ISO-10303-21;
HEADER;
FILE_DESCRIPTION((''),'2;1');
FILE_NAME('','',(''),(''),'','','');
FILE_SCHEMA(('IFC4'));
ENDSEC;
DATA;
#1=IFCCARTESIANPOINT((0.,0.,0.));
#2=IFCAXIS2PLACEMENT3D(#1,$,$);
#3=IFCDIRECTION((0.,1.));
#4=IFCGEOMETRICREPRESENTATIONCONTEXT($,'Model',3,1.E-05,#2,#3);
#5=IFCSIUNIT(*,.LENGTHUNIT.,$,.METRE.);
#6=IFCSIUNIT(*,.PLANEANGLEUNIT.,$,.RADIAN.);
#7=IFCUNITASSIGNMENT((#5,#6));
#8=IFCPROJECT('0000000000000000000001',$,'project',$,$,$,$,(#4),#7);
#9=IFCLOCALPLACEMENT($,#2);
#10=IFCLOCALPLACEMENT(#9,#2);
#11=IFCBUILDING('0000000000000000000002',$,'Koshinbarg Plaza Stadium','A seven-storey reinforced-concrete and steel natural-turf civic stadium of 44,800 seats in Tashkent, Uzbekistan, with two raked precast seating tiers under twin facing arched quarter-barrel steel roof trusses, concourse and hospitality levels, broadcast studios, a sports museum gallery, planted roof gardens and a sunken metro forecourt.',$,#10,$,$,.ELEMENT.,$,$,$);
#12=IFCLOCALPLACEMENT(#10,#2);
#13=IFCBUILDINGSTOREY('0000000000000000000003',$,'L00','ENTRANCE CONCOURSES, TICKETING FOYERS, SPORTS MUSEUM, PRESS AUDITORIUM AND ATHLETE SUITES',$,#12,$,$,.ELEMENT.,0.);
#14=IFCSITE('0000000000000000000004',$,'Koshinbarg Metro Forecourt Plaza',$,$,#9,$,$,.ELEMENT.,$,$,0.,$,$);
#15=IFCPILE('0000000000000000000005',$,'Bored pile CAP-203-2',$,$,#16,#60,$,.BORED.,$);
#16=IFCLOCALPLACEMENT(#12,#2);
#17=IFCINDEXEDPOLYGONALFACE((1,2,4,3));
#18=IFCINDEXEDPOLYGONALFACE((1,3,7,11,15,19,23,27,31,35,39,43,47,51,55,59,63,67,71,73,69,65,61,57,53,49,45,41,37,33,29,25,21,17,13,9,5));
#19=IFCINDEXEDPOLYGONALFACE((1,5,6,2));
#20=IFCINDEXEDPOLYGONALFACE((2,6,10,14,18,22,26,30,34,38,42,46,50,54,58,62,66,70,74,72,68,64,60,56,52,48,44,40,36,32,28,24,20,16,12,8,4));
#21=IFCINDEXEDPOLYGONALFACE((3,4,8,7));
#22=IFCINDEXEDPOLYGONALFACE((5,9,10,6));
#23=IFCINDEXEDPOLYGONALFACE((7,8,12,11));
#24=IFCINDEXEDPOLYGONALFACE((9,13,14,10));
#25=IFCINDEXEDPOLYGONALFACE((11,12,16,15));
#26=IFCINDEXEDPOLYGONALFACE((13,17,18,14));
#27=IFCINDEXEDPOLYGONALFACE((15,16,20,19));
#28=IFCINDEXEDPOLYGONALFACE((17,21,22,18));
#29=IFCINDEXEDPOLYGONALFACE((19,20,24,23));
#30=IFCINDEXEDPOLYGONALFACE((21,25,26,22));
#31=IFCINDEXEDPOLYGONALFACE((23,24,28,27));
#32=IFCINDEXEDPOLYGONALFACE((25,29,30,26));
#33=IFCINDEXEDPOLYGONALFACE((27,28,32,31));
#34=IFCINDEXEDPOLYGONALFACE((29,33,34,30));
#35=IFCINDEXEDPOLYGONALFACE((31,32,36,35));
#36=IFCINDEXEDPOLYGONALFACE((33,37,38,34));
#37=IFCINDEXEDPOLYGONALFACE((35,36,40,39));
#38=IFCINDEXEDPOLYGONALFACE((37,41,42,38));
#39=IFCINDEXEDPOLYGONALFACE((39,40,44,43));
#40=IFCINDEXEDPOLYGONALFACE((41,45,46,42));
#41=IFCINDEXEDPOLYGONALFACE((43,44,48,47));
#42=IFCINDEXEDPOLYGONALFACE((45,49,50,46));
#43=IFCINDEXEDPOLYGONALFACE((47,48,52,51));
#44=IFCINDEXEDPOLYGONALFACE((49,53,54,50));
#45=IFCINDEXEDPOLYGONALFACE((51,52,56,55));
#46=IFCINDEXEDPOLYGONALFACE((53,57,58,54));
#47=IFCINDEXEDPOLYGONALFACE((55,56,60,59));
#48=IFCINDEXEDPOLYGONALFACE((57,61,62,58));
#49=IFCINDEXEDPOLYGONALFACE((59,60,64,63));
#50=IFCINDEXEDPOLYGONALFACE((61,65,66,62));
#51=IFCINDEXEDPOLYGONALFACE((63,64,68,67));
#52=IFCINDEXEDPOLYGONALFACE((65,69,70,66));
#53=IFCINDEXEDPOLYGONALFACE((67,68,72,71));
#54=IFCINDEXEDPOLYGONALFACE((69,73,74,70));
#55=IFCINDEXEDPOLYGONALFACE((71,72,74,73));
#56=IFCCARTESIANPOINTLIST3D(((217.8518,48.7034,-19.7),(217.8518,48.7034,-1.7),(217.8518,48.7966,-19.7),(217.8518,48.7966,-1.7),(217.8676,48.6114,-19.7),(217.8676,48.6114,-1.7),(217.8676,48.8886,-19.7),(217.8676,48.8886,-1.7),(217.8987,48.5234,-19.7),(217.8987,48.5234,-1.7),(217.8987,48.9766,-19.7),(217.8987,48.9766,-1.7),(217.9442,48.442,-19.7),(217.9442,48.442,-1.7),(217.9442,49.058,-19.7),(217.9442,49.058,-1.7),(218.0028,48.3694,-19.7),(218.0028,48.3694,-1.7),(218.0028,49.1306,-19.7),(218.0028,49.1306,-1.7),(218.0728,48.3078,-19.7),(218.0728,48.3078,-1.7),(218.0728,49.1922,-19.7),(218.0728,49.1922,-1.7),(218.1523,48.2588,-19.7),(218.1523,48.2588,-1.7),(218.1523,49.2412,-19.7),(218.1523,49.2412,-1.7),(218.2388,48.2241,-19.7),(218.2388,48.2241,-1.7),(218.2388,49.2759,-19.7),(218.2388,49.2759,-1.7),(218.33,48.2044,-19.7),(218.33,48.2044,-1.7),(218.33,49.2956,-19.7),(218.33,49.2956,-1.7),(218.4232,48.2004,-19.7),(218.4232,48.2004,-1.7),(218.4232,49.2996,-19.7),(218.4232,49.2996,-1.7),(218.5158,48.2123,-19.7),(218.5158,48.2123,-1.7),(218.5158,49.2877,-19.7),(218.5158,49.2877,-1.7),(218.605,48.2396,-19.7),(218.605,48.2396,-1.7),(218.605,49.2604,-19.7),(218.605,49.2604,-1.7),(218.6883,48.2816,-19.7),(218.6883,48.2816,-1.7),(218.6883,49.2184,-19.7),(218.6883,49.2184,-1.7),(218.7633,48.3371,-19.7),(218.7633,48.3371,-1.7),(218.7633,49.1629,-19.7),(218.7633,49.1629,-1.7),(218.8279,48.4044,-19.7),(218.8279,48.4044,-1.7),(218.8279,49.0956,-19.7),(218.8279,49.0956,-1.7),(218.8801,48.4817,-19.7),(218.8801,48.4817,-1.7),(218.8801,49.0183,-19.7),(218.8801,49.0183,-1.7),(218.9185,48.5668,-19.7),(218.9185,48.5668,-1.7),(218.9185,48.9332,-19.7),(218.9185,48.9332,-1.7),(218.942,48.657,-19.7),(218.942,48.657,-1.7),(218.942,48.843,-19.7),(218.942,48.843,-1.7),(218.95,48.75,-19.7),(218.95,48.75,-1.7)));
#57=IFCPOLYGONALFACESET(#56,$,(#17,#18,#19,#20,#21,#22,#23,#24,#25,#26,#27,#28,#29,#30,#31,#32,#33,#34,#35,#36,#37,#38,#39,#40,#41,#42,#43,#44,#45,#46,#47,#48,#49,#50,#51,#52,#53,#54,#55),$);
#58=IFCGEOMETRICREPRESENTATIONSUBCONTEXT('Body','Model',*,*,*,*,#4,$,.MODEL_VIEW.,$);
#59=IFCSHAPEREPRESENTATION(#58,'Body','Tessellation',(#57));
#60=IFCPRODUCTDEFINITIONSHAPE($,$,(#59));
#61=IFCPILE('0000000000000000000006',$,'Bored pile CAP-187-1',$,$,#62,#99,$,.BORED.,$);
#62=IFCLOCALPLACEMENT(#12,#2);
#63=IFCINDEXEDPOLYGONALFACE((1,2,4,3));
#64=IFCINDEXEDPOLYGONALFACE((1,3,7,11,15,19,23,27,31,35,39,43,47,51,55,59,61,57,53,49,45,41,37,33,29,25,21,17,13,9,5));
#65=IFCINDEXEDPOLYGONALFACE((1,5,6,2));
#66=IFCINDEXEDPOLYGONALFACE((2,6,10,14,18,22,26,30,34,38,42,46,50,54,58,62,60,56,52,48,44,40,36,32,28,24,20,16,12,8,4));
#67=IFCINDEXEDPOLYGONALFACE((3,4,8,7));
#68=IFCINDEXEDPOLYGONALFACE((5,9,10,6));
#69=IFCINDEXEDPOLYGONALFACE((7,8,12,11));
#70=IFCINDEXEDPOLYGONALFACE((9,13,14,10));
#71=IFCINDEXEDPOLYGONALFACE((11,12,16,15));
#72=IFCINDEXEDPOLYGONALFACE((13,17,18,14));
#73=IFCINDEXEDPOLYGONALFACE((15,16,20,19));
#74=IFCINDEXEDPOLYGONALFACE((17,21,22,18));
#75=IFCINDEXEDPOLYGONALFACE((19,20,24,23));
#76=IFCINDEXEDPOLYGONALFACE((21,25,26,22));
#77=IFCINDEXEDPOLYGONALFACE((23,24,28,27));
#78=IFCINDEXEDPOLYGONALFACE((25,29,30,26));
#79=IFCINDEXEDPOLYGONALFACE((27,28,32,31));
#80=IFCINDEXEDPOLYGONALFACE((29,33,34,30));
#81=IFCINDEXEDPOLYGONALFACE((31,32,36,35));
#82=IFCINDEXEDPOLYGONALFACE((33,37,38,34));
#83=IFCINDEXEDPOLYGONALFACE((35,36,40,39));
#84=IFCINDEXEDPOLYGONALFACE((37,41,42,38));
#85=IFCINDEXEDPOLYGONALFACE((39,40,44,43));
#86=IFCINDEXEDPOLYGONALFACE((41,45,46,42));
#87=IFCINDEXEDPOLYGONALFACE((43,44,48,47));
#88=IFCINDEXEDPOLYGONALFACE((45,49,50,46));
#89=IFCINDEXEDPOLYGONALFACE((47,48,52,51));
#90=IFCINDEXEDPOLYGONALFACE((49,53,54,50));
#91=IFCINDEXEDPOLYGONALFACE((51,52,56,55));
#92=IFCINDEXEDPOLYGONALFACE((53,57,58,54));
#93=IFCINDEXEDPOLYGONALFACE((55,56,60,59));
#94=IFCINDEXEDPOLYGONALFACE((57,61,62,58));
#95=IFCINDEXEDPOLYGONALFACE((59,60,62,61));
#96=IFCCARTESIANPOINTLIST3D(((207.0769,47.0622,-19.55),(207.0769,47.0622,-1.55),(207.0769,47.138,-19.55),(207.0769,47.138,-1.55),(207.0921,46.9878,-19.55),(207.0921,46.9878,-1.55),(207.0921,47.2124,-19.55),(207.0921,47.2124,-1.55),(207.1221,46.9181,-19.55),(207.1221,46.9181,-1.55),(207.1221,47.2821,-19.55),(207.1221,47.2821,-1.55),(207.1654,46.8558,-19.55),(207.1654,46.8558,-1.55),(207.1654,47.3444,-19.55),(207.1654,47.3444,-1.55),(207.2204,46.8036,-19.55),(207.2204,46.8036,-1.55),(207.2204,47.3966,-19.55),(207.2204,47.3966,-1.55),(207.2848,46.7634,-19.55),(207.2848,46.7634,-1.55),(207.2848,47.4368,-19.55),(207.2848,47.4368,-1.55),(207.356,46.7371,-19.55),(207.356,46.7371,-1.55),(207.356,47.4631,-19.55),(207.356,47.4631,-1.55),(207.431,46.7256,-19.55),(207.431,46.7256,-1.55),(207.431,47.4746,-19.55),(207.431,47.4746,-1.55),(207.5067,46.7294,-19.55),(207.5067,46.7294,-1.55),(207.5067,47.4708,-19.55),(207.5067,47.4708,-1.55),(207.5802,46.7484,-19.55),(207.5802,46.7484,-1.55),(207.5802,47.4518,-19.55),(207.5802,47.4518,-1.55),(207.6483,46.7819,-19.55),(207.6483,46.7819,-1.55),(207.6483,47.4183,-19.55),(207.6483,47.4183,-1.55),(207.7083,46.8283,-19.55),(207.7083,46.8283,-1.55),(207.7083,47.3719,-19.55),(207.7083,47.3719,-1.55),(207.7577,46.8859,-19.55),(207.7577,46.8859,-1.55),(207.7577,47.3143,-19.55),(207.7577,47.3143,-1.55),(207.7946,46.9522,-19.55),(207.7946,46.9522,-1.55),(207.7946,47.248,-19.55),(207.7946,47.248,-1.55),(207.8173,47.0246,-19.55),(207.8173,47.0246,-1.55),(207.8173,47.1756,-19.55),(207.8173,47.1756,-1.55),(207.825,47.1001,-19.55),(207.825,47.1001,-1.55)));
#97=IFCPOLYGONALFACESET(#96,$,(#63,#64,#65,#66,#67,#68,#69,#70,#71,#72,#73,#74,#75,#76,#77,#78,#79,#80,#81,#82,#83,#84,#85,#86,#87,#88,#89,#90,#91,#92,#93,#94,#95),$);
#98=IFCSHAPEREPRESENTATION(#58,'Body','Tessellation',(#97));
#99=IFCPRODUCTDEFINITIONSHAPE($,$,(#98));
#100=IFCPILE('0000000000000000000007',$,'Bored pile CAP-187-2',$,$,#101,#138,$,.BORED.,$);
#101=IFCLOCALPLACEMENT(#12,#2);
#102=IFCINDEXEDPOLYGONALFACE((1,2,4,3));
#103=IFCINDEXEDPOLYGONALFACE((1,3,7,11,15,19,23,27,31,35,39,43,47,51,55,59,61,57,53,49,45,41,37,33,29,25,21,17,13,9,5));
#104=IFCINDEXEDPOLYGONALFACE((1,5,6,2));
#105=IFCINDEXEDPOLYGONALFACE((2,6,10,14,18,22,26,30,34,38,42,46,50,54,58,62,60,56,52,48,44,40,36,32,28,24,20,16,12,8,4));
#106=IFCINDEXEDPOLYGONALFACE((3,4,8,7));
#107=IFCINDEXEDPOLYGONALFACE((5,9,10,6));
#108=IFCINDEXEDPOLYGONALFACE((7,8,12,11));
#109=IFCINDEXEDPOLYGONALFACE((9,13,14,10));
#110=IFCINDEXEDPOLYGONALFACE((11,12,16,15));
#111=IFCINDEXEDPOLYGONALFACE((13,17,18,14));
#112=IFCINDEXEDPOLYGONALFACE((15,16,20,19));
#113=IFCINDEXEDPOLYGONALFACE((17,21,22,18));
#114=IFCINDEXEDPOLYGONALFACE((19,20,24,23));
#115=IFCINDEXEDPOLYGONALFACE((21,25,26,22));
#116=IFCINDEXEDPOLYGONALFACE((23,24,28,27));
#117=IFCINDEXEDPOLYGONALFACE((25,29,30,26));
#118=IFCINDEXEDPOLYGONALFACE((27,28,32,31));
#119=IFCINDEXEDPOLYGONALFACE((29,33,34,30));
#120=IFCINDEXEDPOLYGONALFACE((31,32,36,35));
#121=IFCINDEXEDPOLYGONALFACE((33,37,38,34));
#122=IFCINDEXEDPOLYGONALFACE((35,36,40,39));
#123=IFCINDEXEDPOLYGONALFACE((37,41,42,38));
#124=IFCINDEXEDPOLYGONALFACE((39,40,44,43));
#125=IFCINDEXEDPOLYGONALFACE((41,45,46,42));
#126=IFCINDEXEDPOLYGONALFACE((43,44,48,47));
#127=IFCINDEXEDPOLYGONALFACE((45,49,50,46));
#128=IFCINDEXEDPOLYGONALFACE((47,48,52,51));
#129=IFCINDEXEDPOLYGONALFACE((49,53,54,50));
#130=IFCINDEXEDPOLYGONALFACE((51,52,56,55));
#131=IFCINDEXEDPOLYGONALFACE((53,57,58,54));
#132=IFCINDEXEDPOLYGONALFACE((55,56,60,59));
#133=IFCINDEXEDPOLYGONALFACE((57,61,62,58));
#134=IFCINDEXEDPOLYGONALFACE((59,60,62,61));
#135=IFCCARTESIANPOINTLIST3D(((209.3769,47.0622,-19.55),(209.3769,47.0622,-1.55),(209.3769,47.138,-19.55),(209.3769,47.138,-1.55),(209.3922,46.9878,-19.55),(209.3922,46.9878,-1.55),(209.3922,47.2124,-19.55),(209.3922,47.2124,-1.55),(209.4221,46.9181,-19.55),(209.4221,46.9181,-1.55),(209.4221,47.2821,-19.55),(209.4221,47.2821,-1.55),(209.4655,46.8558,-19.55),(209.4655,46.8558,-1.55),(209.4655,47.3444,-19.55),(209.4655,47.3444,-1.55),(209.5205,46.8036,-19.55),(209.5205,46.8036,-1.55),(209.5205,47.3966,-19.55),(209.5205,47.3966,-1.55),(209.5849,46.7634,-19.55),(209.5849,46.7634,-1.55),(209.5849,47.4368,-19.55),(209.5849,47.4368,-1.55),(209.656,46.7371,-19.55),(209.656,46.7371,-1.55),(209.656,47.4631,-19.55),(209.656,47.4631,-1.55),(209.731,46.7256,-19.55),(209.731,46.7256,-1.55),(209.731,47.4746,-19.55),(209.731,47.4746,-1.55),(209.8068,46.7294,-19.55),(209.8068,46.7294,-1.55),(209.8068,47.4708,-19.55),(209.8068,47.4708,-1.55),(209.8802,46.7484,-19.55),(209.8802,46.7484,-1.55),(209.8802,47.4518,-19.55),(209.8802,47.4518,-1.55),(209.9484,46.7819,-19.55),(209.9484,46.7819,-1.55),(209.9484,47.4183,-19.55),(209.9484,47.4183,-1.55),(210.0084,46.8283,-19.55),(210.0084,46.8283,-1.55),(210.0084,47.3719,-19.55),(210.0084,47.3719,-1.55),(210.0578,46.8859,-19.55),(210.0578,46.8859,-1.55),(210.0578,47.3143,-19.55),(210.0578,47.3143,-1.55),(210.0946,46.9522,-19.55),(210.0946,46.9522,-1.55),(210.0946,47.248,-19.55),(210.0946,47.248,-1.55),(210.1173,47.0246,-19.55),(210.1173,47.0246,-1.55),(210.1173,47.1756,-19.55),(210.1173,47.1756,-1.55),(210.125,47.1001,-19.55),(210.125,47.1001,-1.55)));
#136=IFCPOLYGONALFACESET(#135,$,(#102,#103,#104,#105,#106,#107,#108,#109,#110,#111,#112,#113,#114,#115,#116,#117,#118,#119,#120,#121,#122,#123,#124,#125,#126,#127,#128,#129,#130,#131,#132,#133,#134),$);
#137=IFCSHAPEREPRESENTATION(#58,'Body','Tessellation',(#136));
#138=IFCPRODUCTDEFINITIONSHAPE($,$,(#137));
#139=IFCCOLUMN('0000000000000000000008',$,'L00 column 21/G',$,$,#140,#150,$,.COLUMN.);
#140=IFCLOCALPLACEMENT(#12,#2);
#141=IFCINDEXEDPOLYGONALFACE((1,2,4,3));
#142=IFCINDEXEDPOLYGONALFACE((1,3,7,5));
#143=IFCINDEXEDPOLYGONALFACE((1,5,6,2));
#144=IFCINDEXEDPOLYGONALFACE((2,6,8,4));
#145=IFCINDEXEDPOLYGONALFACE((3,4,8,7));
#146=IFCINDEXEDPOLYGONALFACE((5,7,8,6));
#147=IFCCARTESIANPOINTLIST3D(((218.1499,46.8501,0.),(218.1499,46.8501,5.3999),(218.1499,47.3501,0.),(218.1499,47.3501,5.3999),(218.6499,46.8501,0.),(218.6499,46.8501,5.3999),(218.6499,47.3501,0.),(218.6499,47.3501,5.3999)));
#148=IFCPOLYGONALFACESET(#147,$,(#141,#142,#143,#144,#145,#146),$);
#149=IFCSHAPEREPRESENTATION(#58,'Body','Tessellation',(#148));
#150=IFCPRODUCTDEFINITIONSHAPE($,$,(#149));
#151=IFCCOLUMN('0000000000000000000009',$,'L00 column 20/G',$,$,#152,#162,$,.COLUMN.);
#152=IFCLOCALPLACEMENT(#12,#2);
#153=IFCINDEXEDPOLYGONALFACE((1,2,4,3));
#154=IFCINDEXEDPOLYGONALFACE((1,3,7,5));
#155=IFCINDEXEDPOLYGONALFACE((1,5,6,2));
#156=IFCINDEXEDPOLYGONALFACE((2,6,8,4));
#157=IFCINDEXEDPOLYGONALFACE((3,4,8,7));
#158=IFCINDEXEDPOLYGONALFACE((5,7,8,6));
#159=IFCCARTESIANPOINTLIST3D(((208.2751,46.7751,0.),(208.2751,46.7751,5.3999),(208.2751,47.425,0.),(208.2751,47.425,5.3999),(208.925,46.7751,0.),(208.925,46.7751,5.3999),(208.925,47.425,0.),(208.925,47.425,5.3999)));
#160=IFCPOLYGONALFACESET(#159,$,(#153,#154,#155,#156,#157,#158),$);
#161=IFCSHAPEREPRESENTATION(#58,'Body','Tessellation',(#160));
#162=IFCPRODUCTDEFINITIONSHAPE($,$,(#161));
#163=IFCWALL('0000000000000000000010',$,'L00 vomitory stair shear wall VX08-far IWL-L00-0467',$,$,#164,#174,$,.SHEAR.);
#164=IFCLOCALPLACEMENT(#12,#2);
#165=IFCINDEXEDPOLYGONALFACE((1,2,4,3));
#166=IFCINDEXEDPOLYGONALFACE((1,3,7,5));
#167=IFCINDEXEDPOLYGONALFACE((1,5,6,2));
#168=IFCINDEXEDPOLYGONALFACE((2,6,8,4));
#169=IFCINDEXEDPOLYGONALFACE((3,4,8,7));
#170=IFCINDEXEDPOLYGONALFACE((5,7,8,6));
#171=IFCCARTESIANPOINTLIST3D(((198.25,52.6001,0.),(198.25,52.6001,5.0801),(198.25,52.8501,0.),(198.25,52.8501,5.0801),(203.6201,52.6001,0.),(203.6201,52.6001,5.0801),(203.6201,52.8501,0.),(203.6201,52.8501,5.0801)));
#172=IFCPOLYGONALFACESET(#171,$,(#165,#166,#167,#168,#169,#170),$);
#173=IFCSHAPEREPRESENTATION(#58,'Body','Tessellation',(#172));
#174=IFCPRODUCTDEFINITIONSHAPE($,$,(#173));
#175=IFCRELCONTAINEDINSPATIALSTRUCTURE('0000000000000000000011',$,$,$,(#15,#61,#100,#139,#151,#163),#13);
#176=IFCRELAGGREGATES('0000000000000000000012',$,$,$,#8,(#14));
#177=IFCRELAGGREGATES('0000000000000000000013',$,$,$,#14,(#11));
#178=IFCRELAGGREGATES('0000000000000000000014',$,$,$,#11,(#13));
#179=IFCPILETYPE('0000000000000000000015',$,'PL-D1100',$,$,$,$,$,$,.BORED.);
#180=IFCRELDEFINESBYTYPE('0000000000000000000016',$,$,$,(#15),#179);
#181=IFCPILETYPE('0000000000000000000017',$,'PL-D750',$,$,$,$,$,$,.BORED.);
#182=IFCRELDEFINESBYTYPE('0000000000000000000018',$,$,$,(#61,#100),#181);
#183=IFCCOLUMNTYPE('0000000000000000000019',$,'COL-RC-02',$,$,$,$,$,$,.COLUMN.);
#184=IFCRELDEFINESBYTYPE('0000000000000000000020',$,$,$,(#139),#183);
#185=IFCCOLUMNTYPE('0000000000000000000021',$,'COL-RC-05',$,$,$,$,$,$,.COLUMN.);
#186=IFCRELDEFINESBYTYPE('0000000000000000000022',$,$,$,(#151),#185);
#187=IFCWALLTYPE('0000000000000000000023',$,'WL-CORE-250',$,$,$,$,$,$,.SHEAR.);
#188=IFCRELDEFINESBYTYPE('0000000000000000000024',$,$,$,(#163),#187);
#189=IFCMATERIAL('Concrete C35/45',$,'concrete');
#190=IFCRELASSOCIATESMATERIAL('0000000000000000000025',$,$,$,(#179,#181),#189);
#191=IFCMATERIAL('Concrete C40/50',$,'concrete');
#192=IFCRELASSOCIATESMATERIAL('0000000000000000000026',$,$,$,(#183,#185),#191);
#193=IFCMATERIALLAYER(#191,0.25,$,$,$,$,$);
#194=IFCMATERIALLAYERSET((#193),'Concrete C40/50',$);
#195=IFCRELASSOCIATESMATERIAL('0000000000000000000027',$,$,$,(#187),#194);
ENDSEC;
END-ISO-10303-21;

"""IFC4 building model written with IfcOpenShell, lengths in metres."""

from ifc_helpers import new_model, si_unit, direction, frame, frame_2d, origin, origin_2d, place, context, subcontext, project, spatial, rectangle, circle, extrude, material, layer, layer_set, material_profile, profile_set, type_object, element, save


model = new_model("IFC4")

# Units and contexts
model_context = context("Model", 3, precision=1e-05, world=origin(), true_north=direction((0.0, 1.0)))
body_context = subcontext(model_context, "Body", "Model", "MODEL_VIEW")
ifc_project = project(units=[si_unit("LENGTHUNIT", "METRE"), si_unit("PLANEANGLEUNIT", "RADIAN")], contexts=[model_context])

# Site, building, storey
site_placement = place(None, origin())
site = spatial("IfcSite", under=ifc_project, at=site_placement, Name="Koshinbarg Metro Forecourt Plaza", CompositionType="ELEMENT", RefElevation=0.0)
building_placement = place(site_placement, origin())
building = spatial("IfcBuilding", under=site, at=building_placement, Name="Koshinbarg Plaza Stadium", Description="A seven-storey reinforced-concrete and steel natural-turf civic stadium of 44,800 seats in Tashkent, Uzbekistan, with two raked precast seating tiers under twin facing arched quarter-barrel steel roof trusses, concourse and hospitality levels, broadcast studios, a sports museum gallery, planted roof gardens and a sunken metro forecourt.", CompositionType="ELEMENT")
storey_placement = place(building_placement, origin())
storey = spatial("IfcBuildingStorey", under=building, at=storey_placement, Name="L00", Description="ENTRANCE CONCOURSES, TICKETING FOYERS, SPORTS MUSEUM, PRESS AUDITORIUM AND ATHLETE SUITES", CompositionType="ELEMENT", Elevation=0.0)

# Shared definitions
ifc_material_1 = material(Name="Concrete C35/45", Category="concrete")

# Piles
ifc_material_profile_1 = material_profile(ifc_material_1, circle(Radius=0.55, at=origin_2d()), Name="PILE D1100")
ifc_profile_set_1 = profile_set([ifc_material_profile_1], Name="Concrete C35/45")
pile_type_1 = type_object("IfcPileType", Name="PL-D1100", PredefinedType="BORED", material=ifc_profile_set_1)
for number, where, z_axis, x_axis, name in (
    (1, (218.3999, 48.75, -1.7), (0.0, 0.0, -1.0), (1.0, 0.0, 0.0), "Bored pile CAP-203-2"),
):
    element("IfcPile", number, at=place(storey_placement, frame(where, z_axis=z_axis, x_axis=x_axis)), inside=storey, type_object=pile_type_1, Name=name, PredefinedType="BORED", context=body_context, shape_type="SweptSolid", body=[
        extrude(circle(Radius=0.55, at=origin_2d()), origin(), (0.0, 0.0, 1.0), 18.0),
    ])
ifc_material_profile_2 = material_profile(ifc_material_1, circle(Radius=0.375, at=origin_2d()), Name="PILE D750")
ifc_profile_set_2 = profile_set([ifc_material_profile_2], Name="Concrete C35/45")
pile_type_2 = type_object("IfcPileType", Name="PL-D750", PredefinedType="BORED", material=ifc_profile_set_2)
for number, where, z_axis, x_axis, name in (
    (2, (207.45, 47.1001, -1.55), (0.0, 0.0, -1.0), (1.0, 0.0, 0.0), "Bored pile CAP-187-1"),
    (3, (209.75, 47.1001, -1.55), (0.0, 0.0, -1.0), (1.0, 0.0, 0.0), "Bored pile CAP-187-2"),
):
    element("IfcPile", number, at=place(storey_placement, frame(where, z_axis=z_axis, x_axis=x_axis)), inside=storey, type_object=pile_type_2, Name=name, PredefinedType="BORED", context=body_context, shape_type="SweptSolid", body=[
        extrude(circle(Radius=0.375, at=origin_2d()), origin(), (0.0, 0.0, 1.0), 18.0),
    ])

# Columns
ifc_material_2 = material(Name="Concrete C40/50", Category="concrete")
ifc_material_profile_3 = material_profile(ifc_material_2, rectangle(XDim=0.5, YDim=0.5, at=origin_2d()), Name="RC 500x500")
ifc_profile_set_3 = profile_set([ifc_material_profile_3], Name="Concrete C40/50")
column_type_1 = type_object("IfcColumnType", Name="COL-RC-02", PredefinedType="COLUMN", material=ifc_profile_set_3)
column_1_placement = place(storey_placement, frame((218.3999, 47.1001, 0.0), z_axis=(0.0, 0.0, 1.0), x_axis=(1.0, 0.0, 0.0)))
element("IfcColumn", 4, at=column_1_placement, inside=storey, type_object=column_type_1, Name="L00 column 21/G", PredefinedType="COLUMN", context=body_context, shape_type="SweptSolid", body=[
    extrude(rectangle(XDim=0.5, YDim=0.5, at=origin_2d()), origin(), (0.0, 0.0, 1.0), 5.3999),
])
ifc_material_profile_4 = material_profile(ifc_material_2, rectangle(XDim=0.6499, YDim=0.6499, at=origin_2d()), Name="RC 650x650")
ifc_profile_set_4 = profile_set([ifc_material_profile_4], Name="Concrete C40/50")
column_type_2 = type_object("IfcColumnType", Name="COL-RC-05", PredefinedType="COLUMN", material=ifc_profile_set_4)
column_2_placement = place(storey_placement, frame((208.6001, 47.1001, 0.0), z_axis=(0.0, 0.0, 1.0), x_axis=(1.0, 0.0, 0.0)))
element("IfcColumn", 5, at=column_2_placement, inside=storey, type_object=column_type_2, Name="L00 column 20/G", PredefinedType="COLUMN", context=body_context, shape_type="SweptSolid", body=[
    extrude(rectangle(XDim=0.6499, YDim=0.6499, at=origin_2d()), origin(), (0.0, 0.0, 1.0), 5.3999),
])

# Wall
ifc_layer_1 = layer(ifc_material_2, 0.25)
ifc_layer_set_1 = layer_set([ifc_layer_1], Name="Concrete C40/50")
wall_type_1 = type_object("IfcWallType", Name="WL-CORE-250", PredefinedType="SHEAR", material=ifc_layer_set_1)
wall_1_placement = place(storey_placement, frame((203.6201, 52.7251, 0.0), z_axis=(0.0, 0.0, 1.0), x_axis=(-1.0, 0.0, 0.0)))
element("IfcWall", 6, at=wall_1_placement, inside=storey, type_object=wall_type_1, Name="L00 vomitory stair shear wall VX08-far IWL-L00-0467", PredefinedType="SHEAR", context=body_context, shape_type="SweptSolid", body=[
    extrude(rectangle(XDim=5.3701, YDim=0.25, at=frame_2d((2.6851, 0.0))), origin(), (0.0, 0.0, 1.0), 5.0801),
])

save(model, "model.ifc")
